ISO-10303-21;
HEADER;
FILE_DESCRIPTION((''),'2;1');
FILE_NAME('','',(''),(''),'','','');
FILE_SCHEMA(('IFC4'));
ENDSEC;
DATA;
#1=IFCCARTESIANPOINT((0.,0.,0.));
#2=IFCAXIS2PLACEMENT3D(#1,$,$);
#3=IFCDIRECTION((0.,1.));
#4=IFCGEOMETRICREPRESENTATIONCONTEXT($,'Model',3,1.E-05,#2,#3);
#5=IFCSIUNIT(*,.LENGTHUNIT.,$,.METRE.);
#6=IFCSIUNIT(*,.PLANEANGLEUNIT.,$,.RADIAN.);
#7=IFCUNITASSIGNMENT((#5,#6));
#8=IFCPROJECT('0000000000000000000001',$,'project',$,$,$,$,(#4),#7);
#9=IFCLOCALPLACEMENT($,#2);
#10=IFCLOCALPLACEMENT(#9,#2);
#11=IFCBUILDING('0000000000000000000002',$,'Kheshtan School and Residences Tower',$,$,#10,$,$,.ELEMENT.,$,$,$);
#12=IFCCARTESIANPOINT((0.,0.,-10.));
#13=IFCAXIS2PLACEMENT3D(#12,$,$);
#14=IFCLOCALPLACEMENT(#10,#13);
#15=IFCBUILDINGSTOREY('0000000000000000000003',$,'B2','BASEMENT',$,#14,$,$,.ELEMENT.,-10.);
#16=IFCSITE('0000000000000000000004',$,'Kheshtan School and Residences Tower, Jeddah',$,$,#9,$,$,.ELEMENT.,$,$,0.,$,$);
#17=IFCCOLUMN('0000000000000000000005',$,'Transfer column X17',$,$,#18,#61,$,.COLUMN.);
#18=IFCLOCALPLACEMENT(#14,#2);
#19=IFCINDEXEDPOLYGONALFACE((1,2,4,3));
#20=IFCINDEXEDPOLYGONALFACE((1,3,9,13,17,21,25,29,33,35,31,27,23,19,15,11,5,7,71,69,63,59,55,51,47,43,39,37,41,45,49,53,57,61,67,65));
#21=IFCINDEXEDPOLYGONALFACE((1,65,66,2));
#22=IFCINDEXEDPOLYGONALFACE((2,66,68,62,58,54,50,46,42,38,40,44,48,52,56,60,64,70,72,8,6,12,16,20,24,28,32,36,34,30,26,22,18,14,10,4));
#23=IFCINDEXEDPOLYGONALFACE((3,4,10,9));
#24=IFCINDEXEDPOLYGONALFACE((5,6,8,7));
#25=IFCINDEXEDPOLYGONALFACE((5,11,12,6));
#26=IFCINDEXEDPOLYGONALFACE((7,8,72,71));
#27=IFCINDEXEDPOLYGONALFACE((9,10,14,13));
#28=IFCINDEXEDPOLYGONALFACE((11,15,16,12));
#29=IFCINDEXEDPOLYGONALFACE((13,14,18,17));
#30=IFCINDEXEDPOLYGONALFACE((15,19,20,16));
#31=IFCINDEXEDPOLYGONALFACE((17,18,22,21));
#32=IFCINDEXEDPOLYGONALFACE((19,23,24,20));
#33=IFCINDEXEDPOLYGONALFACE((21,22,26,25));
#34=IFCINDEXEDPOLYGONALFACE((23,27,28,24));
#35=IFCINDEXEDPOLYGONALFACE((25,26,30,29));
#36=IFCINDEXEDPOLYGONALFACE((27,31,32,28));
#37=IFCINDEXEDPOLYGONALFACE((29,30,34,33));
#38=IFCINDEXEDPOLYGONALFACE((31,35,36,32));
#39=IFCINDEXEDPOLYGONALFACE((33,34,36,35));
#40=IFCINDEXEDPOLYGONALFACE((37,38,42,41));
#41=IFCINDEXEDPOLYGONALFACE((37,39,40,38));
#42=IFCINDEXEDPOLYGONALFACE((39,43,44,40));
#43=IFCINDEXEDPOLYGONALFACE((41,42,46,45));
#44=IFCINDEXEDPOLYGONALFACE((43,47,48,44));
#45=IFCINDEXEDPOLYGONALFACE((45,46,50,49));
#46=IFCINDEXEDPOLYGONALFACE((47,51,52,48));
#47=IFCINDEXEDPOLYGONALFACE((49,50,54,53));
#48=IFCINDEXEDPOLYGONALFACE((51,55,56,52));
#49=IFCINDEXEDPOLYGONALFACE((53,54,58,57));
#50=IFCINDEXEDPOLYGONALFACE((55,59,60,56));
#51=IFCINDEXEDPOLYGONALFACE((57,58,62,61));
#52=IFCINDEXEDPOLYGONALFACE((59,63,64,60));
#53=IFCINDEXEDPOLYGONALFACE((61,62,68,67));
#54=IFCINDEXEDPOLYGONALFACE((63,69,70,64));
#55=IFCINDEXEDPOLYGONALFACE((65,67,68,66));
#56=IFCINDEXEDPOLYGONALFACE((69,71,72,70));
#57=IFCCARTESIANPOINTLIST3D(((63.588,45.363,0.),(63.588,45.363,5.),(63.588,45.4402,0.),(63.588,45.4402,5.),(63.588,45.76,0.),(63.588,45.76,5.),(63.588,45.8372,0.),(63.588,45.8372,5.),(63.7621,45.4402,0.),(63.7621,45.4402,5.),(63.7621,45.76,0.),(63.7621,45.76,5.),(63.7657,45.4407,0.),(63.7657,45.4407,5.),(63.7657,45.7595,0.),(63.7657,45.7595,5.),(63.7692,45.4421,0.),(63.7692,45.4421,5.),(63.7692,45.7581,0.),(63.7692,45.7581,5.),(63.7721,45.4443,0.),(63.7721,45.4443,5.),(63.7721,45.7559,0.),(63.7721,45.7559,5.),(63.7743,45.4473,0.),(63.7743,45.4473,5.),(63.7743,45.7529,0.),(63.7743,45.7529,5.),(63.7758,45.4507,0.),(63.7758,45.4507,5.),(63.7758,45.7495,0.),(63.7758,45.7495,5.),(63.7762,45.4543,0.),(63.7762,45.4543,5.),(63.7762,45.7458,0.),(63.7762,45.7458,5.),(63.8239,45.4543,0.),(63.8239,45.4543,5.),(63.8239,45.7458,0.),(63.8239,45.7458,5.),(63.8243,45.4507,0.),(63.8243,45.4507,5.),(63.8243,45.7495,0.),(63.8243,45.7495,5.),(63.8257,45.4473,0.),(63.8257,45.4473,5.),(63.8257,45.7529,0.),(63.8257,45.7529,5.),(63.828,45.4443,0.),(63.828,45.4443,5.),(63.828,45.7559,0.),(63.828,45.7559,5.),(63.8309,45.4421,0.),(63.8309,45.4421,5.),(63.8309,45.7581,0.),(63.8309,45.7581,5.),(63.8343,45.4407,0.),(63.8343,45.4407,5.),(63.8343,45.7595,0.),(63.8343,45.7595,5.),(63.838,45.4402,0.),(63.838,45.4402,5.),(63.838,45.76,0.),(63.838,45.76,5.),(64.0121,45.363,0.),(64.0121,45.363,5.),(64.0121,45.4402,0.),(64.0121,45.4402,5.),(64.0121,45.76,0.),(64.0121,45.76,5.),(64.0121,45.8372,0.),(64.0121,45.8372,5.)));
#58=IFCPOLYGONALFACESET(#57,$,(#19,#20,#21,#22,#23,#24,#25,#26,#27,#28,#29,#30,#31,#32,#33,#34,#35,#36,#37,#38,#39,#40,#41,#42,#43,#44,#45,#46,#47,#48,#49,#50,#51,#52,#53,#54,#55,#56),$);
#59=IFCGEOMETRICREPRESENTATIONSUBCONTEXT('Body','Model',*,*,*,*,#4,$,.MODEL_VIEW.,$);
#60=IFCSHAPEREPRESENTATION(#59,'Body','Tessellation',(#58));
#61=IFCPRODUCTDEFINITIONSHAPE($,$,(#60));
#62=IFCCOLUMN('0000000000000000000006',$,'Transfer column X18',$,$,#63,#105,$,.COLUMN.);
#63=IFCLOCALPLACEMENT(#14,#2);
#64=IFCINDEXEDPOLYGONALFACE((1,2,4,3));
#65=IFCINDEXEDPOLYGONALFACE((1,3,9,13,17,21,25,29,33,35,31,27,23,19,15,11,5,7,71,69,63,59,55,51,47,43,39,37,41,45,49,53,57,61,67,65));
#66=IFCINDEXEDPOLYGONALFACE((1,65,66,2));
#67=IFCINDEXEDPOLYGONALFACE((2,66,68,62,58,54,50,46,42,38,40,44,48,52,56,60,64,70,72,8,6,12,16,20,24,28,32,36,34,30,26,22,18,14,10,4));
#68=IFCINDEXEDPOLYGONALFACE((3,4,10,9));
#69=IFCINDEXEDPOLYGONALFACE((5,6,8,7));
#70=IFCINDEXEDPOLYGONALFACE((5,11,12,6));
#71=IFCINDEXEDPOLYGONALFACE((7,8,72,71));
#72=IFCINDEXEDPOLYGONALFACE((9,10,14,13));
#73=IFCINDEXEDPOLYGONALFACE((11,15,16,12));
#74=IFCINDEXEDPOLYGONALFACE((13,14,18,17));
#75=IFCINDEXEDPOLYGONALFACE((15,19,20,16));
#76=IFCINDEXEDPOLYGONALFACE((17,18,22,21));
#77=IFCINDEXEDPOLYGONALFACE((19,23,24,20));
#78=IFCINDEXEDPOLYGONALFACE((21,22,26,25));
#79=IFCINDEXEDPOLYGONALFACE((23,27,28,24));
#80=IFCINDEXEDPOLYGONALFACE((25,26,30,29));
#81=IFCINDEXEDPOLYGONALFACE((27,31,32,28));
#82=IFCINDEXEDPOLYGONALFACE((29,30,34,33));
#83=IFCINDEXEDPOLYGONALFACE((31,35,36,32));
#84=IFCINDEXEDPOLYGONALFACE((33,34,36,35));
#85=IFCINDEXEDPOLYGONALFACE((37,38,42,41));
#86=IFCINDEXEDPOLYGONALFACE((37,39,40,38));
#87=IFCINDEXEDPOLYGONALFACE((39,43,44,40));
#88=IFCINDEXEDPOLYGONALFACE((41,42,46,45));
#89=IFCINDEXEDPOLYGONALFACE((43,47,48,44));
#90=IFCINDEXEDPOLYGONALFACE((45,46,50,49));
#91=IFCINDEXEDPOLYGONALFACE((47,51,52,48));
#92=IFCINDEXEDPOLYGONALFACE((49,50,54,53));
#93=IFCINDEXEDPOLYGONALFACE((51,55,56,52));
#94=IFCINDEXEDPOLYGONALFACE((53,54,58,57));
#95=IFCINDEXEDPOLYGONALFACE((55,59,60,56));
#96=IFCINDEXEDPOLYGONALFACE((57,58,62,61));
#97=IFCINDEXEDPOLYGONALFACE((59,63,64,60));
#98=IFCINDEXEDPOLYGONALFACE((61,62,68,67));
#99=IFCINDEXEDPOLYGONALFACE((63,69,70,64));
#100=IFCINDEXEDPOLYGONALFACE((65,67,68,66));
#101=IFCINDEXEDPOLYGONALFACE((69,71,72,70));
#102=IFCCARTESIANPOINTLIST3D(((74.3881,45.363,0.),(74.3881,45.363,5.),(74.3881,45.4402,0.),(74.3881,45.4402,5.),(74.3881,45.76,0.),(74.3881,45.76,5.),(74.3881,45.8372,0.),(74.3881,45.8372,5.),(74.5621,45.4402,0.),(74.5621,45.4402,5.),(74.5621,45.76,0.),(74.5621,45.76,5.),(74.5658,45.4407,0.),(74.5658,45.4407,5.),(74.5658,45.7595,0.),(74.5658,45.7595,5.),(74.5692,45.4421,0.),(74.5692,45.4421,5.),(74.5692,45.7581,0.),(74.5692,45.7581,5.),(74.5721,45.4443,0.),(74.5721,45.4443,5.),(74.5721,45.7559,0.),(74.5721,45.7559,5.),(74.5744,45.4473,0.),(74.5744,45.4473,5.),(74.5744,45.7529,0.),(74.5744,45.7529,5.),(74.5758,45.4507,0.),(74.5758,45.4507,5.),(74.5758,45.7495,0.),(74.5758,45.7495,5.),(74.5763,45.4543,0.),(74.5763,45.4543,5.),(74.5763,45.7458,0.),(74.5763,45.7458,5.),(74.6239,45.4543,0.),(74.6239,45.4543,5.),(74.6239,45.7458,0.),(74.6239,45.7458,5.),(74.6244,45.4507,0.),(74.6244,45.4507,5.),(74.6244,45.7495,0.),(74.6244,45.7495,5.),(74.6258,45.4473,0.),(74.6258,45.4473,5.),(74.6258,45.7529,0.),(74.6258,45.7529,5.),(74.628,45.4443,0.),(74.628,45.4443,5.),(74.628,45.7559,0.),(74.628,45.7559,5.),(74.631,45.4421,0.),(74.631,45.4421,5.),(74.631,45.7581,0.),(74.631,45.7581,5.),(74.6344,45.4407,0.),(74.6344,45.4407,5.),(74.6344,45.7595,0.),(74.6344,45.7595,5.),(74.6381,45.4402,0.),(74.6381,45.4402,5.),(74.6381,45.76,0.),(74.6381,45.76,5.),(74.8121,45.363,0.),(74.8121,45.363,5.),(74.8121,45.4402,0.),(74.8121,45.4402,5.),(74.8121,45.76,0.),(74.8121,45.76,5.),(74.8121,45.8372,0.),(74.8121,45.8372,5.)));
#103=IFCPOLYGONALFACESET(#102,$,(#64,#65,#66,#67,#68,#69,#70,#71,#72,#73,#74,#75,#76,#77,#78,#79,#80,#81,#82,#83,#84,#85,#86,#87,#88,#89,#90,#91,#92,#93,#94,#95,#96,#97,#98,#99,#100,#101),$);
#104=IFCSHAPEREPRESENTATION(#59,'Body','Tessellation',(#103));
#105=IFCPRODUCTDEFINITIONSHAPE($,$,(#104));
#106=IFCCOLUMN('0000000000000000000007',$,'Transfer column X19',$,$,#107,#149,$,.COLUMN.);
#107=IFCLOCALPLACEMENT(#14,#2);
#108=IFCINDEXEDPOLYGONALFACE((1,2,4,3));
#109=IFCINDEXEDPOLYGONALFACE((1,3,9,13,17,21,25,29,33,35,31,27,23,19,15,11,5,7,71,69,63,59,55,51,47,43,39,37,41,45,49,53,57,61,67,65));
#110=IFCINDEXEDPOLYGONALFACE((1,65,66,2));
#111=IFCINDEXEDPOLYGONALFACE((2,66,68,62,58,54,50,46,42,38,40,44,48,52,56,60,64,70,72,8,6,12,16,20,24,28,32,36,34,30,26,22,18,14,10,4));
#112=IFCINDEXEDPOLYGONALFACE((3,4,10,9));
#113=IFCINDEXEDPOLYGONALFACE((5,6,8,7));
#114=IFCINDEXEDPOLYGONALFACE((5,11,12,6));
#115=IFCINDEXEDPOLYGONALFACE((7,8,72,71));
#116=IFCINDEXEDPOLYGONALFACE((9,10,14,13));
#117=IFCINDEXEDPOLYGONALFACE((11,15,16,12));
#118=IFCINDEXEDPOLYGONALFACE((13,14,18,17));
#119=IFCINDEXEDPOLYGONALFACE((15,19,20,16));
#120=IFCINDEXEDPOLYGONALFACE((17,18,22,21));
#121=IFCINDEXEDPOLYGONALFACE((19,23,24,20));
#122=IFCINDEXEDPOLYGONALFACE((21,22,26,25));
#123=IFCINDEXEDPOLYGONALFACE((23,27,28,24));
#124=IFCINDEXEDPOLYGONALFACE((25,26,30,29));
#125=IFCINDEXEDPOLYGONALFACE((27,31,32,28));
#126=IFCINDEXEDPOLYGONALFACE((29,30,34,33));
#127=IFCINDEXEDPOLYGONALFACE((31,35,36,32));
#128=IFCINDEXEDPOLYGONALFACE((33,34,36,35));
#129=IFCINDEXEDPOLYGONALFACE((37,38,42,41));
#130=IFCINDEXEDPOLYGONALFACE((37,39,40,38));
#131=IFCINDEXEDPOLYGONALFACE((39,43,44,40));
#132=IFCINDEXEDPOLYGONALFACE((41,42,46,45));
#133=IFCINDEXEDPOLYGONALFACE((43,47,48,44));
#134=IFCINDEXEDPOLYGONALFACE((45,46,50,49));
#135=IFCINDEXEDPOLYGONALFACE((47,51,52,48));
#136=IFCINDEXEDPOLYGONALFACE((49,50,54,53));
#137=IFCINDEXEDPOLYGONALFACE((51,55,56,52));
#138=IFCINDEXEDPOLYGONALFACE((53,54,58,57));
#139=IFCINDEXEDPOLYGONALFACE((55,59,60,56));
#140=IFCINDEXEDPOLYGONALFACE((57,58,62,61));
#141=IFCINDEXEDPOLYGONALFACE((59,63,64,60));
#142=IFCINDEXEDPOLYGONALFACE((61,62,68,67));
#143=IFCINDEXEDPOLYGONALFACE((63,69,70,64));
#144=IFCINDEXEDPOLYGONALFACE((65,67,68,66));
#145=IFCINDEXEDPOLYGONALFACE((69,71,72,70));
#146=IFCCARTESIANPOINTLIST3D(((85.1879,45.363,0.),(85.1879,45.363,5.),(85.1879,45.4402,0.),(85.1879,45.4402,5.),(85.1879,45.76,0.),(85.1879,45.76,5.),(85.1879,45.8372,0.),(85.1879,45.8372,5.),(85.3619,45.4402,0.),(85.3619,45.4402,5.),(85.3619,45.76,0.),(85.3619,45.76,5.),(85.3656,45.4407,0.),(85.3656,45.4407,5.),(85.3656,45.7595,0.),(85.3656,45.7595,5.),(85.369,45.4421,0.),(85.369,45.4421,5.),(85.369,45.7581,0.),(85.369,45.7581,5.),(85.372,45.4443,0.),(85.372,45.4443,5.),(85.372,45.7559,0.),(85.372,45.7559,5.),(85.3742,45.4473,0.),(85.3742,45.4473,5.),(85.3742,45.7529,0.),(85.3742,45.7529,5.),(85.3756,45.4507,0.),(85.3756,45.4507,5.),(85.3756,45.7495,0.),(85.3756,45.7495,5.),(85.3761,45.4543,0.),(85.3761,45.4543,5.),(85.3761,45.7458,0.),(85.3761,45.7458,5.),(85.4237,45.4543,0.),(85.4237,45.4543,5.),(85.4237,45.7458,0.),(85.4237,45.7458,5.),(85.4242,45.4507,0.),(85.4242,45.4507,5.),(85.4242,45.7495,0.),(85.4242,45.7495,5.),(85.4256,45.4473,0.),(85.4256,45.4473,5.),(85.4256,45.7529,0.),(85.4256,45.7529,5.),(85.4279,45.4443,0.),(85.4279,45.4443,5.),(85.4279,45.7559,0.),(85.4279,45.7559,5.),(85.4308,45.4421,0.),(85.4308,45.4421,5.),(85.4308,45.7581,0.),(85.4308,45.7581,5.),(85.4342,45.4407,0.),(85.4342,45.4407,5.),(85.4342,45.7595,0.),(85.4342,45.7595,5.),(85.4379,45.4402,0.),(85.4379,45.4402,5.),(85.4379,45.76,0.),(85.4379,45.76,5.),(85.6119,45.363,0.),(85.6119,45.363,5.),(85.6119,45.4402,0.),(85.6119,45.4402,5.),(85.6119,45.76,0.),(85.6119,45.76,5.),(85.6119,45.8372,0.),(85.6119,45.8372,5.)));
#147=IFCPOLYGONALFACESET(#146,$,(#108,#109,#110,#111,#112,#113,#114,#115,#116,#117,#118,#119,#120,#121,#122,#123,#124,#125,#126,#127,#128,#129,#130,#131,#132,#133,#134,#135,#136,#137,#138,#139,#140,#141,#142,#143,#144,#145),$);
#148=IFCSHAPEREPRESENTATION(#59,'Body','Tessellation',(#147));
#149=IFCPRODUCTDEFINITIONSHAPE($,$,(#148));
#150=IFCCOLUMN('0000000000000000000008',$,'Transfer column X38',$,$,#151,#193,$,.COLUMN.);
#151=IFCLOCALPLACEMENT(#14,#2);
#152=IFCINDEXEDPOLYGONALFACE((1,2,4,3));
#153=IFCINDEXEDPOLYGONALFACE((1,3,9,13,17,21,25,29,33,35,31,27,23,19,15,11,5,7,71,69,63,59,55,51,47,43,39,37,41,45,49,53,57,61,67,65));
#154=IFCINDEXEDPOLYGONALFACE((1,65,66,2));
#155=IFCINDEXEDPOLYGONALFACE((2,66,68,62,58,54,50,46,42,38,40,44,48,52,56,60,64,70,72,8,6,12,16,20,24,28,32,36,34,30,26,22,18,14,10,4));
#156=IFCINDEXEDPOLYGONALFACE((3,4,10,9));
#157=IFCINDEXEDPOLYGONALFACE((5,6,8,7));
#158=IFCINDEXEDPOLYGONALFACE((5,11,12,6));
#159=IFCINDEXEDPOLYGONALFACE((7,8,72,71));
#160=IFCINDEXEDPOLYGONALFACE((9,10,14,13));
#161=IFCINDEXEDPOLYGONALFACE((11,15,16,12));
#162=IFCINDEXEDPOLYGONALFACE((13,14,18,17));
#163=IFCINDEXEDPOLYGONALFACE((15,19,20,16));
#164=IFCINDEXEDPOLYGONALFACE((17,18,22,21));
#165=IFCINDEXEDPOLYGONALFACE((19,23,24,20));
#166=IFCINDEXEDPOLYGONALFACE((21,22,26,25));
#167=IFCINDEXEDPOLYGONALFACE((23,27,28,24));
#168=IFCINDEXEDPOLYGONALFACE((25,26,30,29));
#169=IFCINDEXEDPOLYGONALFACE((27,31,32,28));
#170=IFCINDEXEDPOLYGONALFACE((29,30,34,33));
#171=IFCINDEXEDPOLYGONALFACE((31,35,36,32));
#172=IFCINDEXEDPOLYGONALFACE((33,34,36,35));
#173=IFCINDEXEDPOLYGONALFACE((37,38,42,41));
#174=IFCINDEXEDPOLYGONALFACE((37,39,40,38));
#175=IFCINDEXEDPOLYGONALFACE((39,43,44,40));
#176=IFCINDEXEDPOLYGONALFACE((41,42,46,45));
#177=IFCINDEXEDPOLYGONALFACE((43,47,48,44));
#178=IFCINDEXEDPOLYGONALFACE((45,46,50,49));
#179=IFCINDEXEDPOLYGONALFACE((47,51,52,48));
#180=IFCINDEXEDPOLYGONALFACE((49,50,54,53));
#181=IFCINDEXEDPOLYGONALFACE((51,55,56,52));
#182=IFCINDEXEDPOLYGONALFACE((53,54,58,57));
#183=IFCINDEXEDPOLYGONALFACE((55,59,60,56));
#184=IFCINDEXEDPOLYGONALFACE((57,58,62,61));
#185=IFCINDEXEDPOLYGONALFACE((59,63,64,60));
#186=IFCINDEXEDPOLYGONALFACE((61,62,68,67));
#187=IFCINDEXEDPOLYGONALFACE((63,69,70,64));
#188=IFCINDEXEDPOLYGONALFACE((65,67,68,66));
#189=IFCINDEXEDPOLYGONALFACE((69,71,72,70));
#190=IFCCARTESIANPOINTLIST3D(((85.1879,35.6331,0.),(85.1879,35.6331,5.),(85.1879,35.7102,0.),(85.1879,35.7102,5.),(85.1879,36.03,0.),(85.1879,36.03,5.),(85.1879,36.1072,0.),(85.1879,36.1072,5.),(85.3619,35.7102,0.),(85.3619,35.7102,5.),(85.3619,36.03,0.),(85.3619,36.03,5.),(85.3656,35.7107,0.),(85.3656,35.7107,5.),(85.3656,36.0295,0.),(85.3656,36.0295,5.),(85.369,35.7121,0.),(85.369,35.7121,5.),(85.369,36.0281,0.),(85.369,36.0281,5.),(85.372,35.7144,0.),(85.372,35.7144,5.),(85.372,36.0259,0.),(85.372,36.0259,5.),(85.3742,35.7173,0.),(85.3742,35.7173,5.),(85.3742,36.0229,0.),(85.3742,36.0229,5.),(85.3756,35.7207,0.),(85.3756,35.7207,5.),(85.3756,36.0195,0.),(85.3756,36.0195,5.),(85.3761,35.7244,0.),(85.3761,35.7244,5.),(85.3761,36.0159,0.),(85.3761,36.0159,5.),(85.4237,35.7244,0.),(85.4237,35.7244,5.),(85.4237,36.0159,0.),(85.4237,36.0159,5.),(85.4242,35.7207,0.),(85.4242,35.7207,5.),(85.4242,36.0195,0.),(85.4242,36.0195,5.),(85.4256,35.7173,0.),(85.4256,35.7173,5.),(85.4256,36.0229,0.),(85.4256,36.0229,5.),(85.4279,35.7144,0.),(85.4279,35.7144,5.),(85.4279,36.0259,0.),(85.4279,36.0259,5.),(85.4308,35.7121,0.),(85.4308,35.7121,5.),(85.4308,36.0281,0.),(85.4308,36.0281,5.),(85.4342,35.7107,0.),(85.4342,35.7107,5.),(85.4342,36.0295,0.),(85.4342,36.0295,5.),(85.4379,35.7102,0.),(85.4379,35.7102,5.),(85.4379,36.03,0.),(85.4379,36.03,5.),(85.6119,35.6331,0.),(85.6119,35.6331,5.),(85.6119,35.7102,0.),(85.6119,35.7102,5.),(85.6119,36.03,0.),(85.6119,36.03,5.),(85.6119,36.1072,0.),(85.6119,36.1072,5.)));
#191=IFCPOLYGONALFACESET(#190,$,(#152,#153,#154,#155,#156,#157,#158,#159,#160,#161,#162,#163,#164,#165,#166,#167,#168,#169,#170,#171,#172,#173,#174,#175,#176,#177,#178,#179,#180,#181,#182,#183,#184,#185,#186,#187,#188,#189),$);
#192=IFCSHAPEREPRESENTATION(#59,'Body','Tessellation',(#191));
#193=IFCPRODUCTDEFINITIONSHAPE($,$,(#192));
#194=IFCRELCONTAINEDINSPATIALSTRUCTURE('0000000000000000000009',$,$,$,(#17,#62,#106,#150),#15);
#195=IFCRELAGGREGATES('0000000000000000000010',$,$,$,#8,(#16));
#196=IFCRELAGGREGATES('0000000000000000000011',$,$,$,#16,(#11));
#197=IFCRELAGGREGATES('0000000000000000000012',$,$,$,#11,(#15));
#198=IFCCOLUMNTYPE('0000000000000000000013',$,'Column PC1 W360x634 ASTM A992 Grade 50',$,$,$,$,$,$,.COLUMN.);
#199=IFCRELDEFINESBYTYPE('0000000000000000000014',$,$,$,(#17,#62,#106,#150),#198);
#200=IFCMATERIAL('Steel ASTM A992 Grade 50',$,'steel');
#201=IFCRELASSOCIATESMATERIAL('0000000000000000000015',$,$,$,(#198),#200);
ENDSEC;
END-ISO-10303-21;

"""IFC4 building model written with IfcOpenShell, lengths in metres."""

from ifc_helpers import new_model, si_unit, direction, frame, origin, origin_2d, place, context, subcontext, project, spatial, i_section, extrude, material, material_profile, profile_set, type_object, element, save


model = new_model("IFC4")

# Units and contexts
model_context = context("Model", 3, precision=1e-05, world=origin(), true_north=direction((0.0, 1.0)))
body_context = subcontext(model_context, "Body", "Model", "MODEL_VIEW")
ifc_project = project(units=[si_unit("LENGTHUNIT", "METRE"), si_unit("PLANEANGLEUNIT", "RADIAN")], contexts=[model_context])

# Site, building, storey
site_placement = place(None, origin())
site = spatial("IfcSite", under=ifc_project, at=site_placement, Name="Kheshtan School and Residences Tower, Jeddah", CompositionType="ELEMENT", RefElevation=0.0)
building_placement = place(site_placement, origin())
building = spatial("IfcBuilding", under=site, at=building_placement, Name="Kheshtan School and Residences Tower", CompositionType="ELEMENT")
storey_placement = place(building_placement, frame((0.0, 0.0, -10.0)))
storey = spatial("IfcBuildingStorey", under=building, at=storey_placement, Name="B2", Description="BASEMENT", CompositionType="ELEMENT", Elevation=-10.0)

# Columns
ifc_material_1 = material(Name="Steel ASTM A992 Grade 50", Category="steel")
ifc_material_profile_1 = material_profile(ifc_material_1, i_section(OverallWidth=0.4241, OverallDepth=0.4741, WebThickness=0.0476, FlangeThickness=0.0771, FilletRadius=0.0142, at=origin_2d()), Name="W360x634")
ifc_profile_set_1 = profile_set([ifc_material_profile_1], Name="Steel ASTM A992 Grade 50")
column_type = type_object("IfcColumnType", Name="Column PC1 W360x634 ASTM A992 Grade 50", PredefinedType="COLUMN", material=ifc_profile_set_1)
for number, where, z_axis, x_axis, name in (
    (1, (63.8, 45.6001, 0.0), (0.0, 0.0, 1.0), (1.0, 0.0, 0.0), "Transfer column X17"),
    (2, (74.6001, 45.6001, 0.0), (0.0, 0.0, 1.0), (1.0, 0.0, 0.0), "Transfer column X18"),
    (3, (85.3999, 45.6001, 0.0), (0.0, 0.0, 1.0), (1.0, 0.0, 0.0), "Transfer column X19"),
    (4, (85.3999, 35.8701, 0.0), (0.0, 0.0, 1.0), (1.0, 0.0, 0.0), "Transfer column X38"),
):
    element("IfcColumn", number, at=place(storey_placement, frame(where, z_axis=z_axis, x_axis=x_axis)), inside=storey, type_object=column_type, Name=name, PredefinedType="COLUMN", context=body_context, shape_type="SweptSolid", body=[
        extrude(i_section(OverallWidth=0.4241, OverallDepth=0.4741, WebThickness=0.0476, FlangeThickness=0.0771, FilletRadius=0.0142, at=origin_2d()), origin(), (0.0, 0.0, 1.0), 5.0),
    ])

save(model, "model.ifc")
